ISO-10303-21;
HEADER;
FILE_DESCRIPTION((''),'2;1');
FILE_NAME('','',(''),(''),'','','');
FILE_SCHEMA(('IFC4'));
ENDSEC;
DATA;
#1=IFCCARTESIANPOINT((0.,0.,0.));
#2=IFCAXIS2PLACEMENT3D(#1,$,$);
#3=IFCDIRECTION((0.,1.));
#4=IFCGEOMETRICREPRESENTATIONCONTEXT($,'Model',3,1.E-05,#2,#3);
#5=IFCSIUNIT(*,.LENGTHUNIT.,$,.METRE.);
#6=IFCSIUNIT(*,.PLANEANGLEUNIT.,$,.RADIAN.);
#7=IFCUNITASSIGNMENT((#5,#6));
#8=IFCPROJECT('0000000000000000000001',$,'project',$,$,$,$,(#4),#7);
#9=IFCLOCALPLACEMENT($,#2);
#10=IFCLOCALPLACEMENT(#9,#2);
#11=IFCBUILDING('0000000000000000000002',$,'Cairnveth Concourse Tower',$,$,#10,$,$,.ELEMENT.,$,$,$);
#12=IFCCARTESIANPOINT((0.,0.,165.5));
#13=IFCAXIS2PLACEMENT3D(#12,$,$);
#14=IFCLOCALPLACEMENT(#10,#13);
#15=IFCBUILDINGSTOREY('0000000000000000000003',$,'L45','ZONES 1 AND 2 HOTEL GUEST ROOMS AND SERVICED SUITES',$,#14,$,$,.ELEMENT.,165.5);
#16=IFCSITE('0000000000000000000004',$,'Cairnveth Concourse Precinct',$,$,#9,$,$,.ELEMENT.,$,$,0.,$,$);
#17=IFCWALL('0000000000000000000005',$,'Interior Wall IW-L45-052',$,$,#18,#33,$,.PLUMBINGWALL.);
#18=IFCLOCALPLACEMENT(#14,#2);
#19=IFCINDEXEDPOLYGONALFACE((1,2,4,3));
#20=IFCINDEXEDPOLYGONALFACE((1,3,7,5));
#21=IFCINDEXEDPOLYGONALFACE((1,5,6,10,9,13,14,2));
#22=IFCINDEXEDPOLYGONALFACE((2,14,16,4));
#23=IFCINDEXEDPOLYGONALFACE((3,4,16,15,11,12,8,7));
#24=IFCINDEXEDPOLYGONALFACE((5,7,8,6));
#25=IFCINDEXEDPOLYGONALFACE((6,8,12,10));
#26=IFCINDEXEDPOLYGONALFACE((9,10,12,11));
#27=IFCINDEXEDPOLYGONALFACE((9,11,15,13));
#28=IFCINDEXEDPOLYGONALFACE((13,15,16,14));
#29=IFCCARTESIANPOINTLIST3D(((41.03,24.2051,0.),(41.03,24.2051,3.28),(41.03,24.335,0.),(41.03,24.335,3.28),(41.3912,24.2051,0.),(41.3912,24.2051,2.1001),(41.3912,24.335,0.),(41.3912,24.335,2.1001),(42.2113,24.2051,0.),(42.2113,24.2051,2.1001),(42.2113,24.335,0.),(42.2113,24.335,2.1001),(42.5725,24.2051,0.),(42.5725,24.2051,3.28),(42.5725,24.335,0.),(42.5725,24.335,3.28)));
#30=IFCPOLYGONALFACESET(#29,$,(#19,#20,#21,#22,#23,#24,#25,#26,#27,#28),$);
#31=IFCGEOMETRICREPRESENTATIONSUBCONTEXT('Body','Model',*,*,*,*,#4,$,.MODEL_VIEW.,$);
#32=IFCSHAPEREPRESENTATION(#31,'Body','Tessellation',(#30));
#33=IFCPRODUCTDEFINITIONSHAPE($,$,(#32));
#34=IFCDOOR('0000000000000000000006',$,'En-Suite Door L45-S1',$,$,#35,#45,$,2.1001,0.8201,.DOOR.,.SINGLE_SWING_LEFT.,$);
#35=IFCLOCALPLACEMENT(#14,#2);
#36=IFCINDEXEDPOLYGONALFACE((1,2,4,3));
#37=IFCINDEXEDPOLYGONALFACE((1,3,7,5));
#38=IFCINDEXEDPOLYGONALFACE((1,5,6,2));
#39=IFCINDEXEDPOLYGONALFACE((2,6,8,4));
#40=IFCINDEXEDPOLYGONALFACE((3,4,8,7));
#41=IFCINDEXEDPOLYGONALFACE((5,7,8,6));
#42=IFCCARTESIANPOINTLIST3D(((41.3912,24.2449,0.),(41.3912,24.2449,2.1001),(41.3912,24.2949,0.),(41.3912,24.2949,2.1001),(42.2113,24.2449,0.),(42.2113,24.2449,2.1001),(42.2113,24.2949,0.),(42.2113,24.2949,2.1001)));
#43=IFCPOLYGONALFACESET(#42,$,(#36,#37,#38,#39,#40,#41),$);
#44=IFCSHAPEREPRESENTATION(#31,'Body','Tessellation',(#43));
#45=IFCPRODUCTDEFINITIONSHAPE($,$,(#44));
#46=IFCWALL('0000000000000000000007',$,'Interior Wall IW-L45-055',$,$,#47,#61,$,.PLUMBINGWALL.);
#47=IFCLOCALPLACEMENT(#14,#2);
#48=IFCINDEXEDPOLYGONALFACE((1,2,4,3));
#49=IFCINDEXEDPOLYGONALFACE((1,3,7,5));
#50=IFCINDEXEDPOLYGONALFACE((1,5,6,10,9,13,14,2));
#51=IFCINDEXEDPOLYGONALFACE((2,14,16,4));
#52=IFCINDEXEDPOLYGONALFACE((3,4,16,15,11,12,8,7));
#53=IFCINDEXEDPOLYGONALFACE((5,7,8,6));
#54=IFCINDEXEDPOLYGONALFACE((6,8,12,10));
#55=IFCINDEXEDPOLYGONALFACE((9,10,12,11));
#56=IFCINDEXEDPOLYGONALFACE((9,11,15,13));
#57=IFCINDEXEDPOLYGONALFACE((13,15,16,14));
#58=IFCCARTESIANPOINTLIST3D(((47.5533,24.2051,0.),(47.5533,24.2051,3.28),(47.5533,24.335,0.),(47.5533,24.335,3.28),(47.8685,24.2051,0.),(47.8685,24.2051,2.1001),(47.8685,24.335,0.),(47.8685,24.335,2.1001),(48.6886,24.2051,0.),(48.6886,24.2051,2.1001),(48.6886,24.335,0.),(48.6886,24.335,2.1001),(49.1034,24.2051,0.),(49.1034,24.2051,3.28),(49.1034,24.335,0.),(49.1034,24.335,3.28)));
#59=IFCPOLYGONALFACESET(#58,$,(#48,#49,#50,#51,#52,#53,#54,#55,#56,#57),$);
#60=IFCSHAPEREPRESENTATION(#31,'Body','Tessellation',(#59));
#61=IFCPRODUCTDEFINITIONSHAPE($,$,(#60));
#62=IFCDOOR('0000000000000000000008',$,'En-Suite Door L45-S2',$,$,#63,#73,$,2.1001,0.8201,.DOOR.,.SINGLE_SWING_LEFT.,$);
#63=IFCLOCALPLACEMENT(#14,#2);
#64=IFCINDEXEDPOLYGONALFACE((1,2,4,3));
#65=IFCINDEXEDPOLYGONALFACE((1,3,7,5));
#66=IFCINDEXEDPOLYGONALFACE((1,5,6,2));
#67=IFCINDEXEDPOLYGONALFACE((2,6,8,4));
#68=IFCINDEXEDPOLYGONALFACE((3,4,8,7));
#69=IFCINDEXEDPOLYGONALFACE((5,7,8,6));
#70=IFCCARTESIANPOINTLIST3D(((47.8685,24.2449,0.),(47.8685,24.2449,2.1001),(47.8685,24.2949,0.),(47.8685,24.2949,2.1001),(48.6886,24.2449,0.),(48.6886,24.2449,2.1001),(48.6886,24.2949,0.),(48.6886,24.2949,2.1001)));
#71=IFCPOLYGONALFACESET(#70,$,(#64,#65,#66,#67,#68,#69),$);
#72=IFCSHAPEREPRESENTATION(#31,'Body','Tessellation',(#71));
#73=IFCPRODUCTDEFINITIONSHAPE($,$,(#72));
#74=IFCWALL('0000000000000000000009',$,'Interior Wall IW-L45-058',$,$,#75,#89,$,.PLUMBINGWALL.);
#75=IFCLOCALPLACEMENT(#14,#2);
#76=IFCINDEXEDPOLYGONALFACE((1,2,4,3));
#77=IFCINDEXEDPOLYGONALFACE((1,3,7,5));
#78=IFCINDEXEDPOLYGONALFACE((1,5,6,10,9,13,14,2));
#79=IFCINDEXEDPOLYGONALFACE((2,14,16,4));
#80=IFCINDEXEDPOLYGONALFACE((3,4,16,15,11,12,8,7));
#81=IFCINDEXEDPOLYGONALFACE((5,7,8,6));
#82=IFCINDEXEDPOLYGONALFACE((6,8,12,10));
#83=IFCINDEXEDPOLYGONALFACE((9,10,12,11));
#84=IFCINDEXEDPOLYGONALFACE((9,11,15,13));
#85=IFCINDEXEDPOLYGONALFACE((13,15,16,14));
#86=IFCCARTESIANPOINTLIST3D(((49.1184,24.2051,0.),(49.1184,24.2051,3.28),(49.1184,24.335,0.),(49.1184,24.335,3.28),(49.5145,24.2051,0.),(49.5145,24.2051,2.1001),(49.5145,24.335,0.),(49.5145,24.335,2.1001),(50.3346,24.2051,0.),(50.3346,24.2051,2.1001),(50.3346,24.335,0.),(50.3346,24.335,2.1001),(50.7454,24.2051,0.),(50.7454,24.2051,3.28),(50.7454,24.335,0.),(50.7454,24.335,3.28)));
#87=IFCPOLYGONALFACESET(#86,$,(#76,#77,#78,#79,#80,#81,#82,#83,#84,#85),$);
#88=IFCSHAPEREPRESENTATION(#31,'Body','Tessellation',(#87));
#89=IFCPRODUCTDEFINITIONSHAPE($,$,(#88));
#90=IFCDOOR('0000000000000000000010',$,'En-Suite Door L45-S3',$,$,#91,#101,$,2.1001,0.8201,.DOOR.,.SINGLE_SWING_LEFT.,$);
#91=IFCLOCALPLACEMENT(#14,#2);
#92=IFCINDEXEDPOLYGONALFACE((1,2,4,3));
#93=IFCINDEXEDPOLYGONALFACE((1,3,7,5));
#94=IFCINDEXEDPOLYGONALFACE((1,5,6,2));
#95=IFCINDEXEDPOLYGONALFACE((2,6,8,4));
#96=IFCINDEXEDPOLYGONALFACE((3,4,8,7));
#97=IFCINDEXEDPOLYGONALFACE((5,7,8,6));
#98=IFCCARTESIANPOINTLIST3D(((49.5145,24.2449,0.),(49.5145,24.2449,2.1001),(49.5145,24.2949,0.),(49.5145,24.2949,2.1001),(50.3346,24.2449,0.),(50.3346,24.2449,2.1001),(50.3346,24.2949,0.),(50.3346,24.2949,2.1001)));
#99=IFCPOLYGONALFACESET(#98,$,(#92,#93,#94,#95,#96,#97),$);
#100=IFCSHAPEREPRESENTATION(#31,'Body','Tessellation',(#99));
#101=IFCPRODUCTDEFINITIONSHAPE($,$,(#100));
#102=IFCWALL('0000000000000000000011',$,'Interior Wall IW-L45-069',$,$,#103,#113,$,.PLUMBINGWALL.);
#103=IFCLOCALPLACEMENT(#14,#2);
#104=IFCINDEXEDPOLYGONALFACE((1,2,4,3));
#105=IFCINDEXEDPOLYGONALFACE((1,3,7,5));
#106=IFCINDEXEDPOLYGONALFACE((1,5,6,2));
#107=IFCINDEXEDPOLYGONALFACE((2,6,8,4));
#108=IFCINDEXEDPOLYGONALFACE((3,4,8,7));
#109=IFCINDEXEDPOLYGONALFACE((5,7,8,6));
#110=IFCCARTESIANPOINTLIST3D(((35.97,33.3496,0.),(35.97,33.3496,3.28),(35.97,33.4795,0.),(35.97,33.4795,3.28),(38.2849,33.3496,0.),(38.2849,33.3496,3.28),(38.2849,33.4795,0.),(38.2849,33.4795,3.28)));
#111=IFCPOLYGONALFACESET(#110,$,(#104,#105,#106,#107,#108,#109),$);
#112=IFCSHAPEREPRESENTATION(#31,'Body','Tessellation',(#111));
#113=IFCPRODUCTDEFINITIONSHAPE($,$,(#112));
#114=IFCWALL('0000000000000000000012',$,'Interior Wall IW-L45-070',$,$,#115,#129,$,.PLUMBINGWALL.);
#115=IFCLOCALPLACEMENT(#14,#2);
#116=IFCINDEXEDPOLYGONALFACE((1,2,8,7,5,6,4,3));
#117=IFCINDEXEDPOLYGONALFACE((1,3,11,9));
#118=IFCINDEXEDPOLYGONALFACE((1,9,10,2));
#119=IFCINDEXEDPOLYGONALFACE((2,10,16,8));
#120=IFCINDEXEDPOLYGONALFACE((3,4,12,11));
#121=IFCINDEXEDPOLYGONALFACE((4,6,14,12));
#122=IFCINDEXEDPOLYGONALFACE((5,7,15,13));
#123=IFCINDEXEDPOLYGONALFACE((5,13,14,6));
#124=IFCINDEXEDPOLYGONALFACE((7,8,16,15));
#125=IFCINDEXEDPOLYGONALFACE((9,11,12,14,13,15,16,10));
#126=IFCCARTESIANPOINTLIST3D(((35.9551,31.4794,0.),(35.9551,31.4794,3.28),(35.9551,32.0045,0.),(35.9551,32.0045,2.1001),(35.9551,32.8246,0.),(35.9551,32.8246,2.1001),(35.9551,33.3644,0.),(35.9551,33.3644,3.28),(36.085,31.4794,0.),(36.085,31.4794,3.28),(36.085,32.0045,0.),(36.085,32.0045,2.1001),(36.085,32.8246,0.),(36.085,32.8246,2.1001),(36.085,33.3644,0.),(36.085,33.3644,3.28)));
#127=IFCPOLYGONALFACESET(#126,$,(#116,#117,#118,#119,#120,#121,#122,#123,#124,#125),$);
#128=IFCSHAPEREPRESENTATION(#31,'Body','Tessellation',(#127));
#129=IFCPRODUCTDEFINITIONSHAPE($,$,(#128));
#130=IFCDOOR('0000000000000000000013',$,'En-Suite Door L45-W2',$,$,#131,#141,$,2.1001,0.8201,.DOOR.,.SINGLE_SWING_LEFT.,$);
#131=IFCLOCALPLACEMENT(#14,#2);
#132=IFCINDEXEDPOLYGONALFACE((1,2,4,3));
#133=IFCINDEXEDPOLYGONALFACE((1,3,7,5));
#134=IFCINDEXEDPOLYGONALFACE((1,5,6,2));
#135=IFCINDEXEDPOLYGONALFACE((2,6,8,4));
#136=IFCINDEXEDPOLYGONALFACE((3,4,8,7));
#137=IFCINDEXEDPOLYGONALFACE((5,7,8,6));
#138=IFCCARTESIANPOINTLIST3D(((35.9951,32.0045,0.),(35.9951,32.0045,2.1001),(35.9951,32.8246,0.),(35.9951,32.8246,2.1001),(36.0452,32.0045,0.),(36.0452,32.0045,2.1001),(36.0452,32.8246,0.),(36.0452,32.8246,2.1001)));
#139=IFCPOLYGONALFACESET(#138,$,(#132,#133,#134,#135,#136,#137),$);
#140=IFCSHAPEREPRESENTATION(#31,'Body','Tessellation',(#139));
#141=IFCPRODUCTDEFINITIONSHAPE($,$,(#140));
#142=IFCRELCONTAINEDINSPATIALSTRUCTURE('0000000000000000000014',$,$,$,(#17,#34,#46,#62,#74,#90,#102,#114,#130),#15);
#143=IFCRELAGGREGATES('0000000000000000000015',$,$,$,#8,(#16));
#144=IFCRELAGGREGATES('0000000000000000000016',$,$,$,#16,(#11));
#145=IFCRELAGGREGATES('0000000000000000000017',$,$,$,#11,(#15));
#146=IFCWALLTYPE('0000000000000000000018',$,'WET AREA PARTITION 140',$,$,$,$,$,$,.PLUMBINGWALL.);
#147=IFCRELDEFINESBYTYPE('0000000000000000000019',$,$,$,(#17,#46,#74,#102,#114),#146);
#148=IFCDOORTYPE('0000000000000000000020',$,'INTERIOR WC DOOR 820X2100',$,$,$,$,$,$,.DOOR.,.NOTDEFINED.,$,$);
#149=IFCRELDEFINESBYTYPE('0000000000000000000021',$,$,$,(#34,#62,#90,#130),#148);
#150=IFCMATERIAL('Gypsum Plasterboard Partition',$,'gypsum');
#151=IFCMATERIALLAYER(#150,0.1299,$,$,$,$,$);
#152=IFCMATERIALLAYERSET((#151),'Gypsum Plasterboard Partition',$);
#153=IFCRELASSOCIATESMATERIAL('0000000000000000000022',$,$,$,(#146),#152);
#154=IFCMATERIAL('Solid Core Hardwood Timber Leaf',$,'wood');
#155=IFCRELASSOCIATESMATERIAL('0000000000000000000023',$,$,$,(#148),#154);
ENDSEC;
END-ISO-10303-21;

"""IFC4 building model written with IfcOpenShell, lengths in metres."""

from ifc_helpers import new_model, si_unit, direction, frame, frame_2d, origin, place, context, subcontext, project, spatial, rectangle, extrude, material, layer, layer_set, type_object, element, fill, save


model = new_model("IFC4")

# Units and contexts
model_context = context("Model", 3, precision=1e-05, world=origin(), true_north=direction((0.0, 1.0)))
body_context = subcontext(model_context, "Body", "Model", "MODEL_VIEW")
ifc_project = project(units=[si_unit("LENGTHUNIT", "METRE"), si_unit("PLANEANGLEUNIT", "RADIAN")], contexts=[model_context])

# Site, building, storey
site_placement = place(None, origin())
site = spatial("IfcSite", under=ifc_project, at=site_placement, Name="Cairnveth Concourse Precinct", CompositionType="ELEMENT", RefElevation=0.0)
building_placement = place(site_placement, origin())
building = spatial("IfcBuilding", under=site, at=building_placement, Name="Cairnveth Concourse Tower", CompositionType="ELEMENT")
storey_placement = place(building_placement, frame((0.0, 0.0, 165.5)))
storey = spatial("IfcBuildingStorey", under=building, at=storey_placement, Name="L45", Description="ZONES 1 AND 2 HOTEL GUEST ROOMS AND SERVICED SUITES", CompositionType="ELEMENT", Elevation=165.5)

# Shared definitions
ifc_material_1 = material(Name="Gypsum Plasterboard Partition", Category="gypsum")

# Shared definitions
ifc_material_2 = material(Name="Solid Core Hardwood Timber Leaf", Category="wood")

# Walls, openings, doors
ifc_layer_1 = layer(ifc_material_1, 0.1299)
ifc_layer_set_1 = layer_set([ifc_layer_1], Name="Gypsum Plasterboard Partition")
wall_type_1 = type_object("IfcWallType", Name="WET AREA PARTITION 140", PredefinedType="PLUMBINGWALL", material=ifc_layer_set_1)
wall_1_placement = place(storey_placement, frame((41.03, 24.27, 0.0), z_axis=(0.0, 0.0, 1.0), x_axis=(1.0, 0.0, 0.0)))
wall_1 = element("IfcWall", 1, at=wall_1_placement, inside=storey, type_object=wall_type_1, Name="Interior Wall IW-L45-052", PredefinedType="PLUMBINGWALL", context=body_context, shape_type="SweptSolid", body=[
    extrude(rectangle(XDim=1.5425, YDim=0.1299, at=frame_2d((0.7712, 0.0))), origin(), (0.0, 0.0, 1.0), 3.28),
])
opening_1_placement = place(wall_1_placement, frame((0.3611, 0.0, 0.0)))
opening_1 = element("IfcOpeningElement", 2, at=opening_1_placement, cuts=wall_1, PredefinedType="OPENING", context=body_context, shape_type="SweptSolid", body=[
    extrude(rectangle(XDim=0.8201, YDim=2.1001, at=frame_2d((0.4102, 1.05))), frame((0.0, 0.075, 0.0), z_axis=(0.0, -1.0, 0.0), x_axis=(1.0, 0.0, 0.0)), (0.0, 0.0, 1.0), 0.1499),
])
door_type_1 = type_object("IfcDoorType", Name="INTERIOR WC DOOR 820X2100", OperationType="NOTDEFINED", PredefinedType="DOOR", material=ifc_material_2)
door_1_placement = place(opening_1_placement, origin())
door_1 = element("IfcDoor", 3, at=door_1_placement, inside=storey, type_object=door_type_1, Name="En-Suite Door L45-S1", OperationType="SINGLE_SWING_LEFT", OverallHeight=2.1001, OverallWidth=0.8201, PredefinedType="DOOR", context=body_context, shape_type="SweptSolid", body=[
    extrude(rectangle(XDim=0.8201, YDim=2.1001, at=frame_2d((0.4102, 1.05))), frame((0.0, 0.0249, 0.0), z_axis=(0.0, -1.0, 0.0), x_axis=(1.0, 0.0, 0.0)), (0.0, 0.0, 1.0), 0.05),
])
fill(opening_1, door_1)
wall_2_placement = place(storey_placement, frame((47.5535, 24.27, 0.0), z_axis=(0.0, 0.0, 1.0), x_axis=(1.0, 0.0, 0.0)))
wall_2 = element("IfcWall", 4, at=wall_2_placement, inside=storey, type_object=wall_type_1, Name="Interior Wall IW-L45-055", PredefinedType="PLUMBINGWALL", context=body_context, shape_type="SweptSolid", body=[
    extrude(rectangle(XDim=1.55, YDim=0.1299, at=frame_2d((0.7749, 0.0))), origin(), (0.0, 0.0, 1.0), 3.28),
])
opening_2_placement = place(wall_2_placement, frame((0.3149, 0.0, 0.0)))
opening_2 = element("IfcOpeningElement", 5, at=opening_2_placement, cuts=wall_2, PredefinedType="OPENING", context=body_context, shape_type="SweptSolid", body=[
    extrude(rectangle(XDim=0.8201, YDim=2.1001, at=frame_2d((0.4102, 1.05))), frame((0.0, 0.075, 0.0), z_axis=(0.0, -1.0, 0.0), x_axis=(1.0, 0.0, 0.0)), (0.0, 0.0, 1.0), 0.1499),
])
door_2_placement = place(opening_2_placement, origin())
door_2 = element("IfcDoor", 6, at=door_2_placement, inside=storey, type_object=door_type_1, Name="En-Suite Door L45-S2", OperationType="SINGLE_SWING_LEFT", OverallHeight=2.1001, OverallWidth=0.8201, PredefinedType="DOOR", context=body_context, shape_type="SweptSolid", body=[
    extrude(rectangle(XDim=0.8201, YDim=2.1001, at=frame_2d((0.4102, 1.05))), frame((0.0, 0.0249, 0.0), z_axis=(0.0, -1.0, 0.0), x_axis=(1.0, 0.0, 0.0)), (0.0, 0.0, 1.0), 0.05),
])
fill(opening_2, door_2)
wall_3_placement = place(storey_placement, frame((49.1184, 24.27, 0.0), z_axis=(0.0, 0.0, 1.0), x_axis=(1.0, 0.0, 0.0)))
wall_3 = element("IfcWall", 7, at=wall_3_placement, inside=storey, type_object=wall_type_1, Name="Interior Wall IW-L45-058", PredefinedType="PLUMBINGWALL", context=body_context, shape_type="SweptSolid", body=[
    extrude(rectangle(XDim=1.627, YDim=0.1299, at=frame_2d((0.8135, 0.0))), origin(), (0.0, 0.0, 1.0), 3.28),
])
opening_3_placement = place(wall_3_placement, frame((0.396, 0.0, 0.0)))
opening_3 = element("IfcOpeningElement", 8, at=opening_3_placement, cuts=wall_3, PredefinedType="OPENING", context=body_context, shape_type="SweptSolid", body=[
    extrude(rectangle(XDim=0.8201, YDim=2.1001, at=frame_2d((0.4102, 1.05))), frame((0.0, 0.075, 0.0), z_axis=(0.0, -1.0, 0.0), x_axis=(1.0, 0.0, 0.0)), (0.0, 0.0, 1.0), 0.1499),
])
door_3_placement = place(opening_3_placement, origin())
door_3 = element("IfcDoor", 9, at=door_3_placement, inside=storey, type_object=door_type_1, Name="En-Suite Door L45-S3", OperationType="SINGLE_SWING_LEFT", OverallHeight=2.1001, OverallWidth=0.8201, PredefinedType="DOOR", context=body_context, shape_type="SweptSolid", body=[
    extrude(rectangle(XDim=0.8201, YDim=2.1001, at=frame_2d((0.4102, 1.05))), frame((0.0, 0.0249, 0.0), z_axis=(0.0, -1.0, 0.0), x_axis=(1.0, 0.0, 0.0)), (0.0, 0.0, 1.0), 0.05),
])
fill(opening_3, door_3)

# Wall
wall_4_placement = place(storey_placement, frame((35.97, 33.4146, 0.0), z_axis=(0.0, 0.0, 1.0), x_axis=(1.0, 0.0, 0.0)))
element("IfcWall", 10, at=wall_4_placement, inside=storey, type_object=wall_type_1, Name="Interior Wall IW-L45-069", PredefinedType="PLUMBINGWALL", context=body_context, shape_type="SweptSolid", body=[
    extrude(rectangle(XDim=2.3149, YDim=0.1299, at=frame_2d((1.1575, 0.0))), origin(), (0.0, 0.0, 1.0), 3.28),
])

# Wall, opening, door
wall_5_placement = place(storey_placement, frame((36.02, 31.4795, 0.0), z_axis=(0.0, 0.0, 1.0), x_axis=(0.0, 1.0, 0.0)))
wall_5 = element("IfcWall", 11, at=wall_5_placement, inside=storey, type_object=wall_type_1, Name="Interior Wall IW-L45-070", PredefinedType="PLUMBINGWALL", context=body_context, shape_type="SweptSolid", body=[
    extrude(rectangle(XDim=1.885, YDim=0.1299, at=frame_2d((0.9424, 0.0))), origin(), (0.0, 0.0, 1.0), 3.28),
])
opening_4_placement = place(wall_5_placement, frame((0.5249, 0.0, 0.0)))
opening_4 = element("IfcOpeningElement", 12, at=opening_4_placement, cuts=wall_5, PredefinedType="OPENING", context=body_context, shape_type="SweptSolid", body=[
    extrude(rectangle(XDim=0.8201, YDim=2.1001, at=frame_2d((0.4102, 1.05))), frame((0.0, 0.075, 0.0), z_axis=(0.0, -1.0, 0.0), x_axis=(1.0, 0.0, 0.0)), (0.0, 0.0, 1.0), 0.1499),
])
door_4_placement = place(opening_4_placement, origin())
door_4 = element("IfcDoor", 13, at=door_4_placement, inside=storey, type_object=door_type_1, Name="En-Suite Door L45-W2", OperationType="SINGLE_SWING_LEFT", OverallHeight=2.1001, OverallWidth=0.8201, PredefinedType="DOOR", context=body_context, shape_type="SweptSolid", body=[
    extrude(rectangle(XDim=0.8201, YDim=2.1001, at=frame_2d((0.4102, 1.05))), frame((0.0, 0.0249, 0.0), z_axis=(0.0, -1.0, 0.0), x_axis=(1.0, 0.0, 0.0)), (0.0, 0.0, 1.0), 0.05),
])
fill(opening_4, door_4)

save(model, "model.ifc")
